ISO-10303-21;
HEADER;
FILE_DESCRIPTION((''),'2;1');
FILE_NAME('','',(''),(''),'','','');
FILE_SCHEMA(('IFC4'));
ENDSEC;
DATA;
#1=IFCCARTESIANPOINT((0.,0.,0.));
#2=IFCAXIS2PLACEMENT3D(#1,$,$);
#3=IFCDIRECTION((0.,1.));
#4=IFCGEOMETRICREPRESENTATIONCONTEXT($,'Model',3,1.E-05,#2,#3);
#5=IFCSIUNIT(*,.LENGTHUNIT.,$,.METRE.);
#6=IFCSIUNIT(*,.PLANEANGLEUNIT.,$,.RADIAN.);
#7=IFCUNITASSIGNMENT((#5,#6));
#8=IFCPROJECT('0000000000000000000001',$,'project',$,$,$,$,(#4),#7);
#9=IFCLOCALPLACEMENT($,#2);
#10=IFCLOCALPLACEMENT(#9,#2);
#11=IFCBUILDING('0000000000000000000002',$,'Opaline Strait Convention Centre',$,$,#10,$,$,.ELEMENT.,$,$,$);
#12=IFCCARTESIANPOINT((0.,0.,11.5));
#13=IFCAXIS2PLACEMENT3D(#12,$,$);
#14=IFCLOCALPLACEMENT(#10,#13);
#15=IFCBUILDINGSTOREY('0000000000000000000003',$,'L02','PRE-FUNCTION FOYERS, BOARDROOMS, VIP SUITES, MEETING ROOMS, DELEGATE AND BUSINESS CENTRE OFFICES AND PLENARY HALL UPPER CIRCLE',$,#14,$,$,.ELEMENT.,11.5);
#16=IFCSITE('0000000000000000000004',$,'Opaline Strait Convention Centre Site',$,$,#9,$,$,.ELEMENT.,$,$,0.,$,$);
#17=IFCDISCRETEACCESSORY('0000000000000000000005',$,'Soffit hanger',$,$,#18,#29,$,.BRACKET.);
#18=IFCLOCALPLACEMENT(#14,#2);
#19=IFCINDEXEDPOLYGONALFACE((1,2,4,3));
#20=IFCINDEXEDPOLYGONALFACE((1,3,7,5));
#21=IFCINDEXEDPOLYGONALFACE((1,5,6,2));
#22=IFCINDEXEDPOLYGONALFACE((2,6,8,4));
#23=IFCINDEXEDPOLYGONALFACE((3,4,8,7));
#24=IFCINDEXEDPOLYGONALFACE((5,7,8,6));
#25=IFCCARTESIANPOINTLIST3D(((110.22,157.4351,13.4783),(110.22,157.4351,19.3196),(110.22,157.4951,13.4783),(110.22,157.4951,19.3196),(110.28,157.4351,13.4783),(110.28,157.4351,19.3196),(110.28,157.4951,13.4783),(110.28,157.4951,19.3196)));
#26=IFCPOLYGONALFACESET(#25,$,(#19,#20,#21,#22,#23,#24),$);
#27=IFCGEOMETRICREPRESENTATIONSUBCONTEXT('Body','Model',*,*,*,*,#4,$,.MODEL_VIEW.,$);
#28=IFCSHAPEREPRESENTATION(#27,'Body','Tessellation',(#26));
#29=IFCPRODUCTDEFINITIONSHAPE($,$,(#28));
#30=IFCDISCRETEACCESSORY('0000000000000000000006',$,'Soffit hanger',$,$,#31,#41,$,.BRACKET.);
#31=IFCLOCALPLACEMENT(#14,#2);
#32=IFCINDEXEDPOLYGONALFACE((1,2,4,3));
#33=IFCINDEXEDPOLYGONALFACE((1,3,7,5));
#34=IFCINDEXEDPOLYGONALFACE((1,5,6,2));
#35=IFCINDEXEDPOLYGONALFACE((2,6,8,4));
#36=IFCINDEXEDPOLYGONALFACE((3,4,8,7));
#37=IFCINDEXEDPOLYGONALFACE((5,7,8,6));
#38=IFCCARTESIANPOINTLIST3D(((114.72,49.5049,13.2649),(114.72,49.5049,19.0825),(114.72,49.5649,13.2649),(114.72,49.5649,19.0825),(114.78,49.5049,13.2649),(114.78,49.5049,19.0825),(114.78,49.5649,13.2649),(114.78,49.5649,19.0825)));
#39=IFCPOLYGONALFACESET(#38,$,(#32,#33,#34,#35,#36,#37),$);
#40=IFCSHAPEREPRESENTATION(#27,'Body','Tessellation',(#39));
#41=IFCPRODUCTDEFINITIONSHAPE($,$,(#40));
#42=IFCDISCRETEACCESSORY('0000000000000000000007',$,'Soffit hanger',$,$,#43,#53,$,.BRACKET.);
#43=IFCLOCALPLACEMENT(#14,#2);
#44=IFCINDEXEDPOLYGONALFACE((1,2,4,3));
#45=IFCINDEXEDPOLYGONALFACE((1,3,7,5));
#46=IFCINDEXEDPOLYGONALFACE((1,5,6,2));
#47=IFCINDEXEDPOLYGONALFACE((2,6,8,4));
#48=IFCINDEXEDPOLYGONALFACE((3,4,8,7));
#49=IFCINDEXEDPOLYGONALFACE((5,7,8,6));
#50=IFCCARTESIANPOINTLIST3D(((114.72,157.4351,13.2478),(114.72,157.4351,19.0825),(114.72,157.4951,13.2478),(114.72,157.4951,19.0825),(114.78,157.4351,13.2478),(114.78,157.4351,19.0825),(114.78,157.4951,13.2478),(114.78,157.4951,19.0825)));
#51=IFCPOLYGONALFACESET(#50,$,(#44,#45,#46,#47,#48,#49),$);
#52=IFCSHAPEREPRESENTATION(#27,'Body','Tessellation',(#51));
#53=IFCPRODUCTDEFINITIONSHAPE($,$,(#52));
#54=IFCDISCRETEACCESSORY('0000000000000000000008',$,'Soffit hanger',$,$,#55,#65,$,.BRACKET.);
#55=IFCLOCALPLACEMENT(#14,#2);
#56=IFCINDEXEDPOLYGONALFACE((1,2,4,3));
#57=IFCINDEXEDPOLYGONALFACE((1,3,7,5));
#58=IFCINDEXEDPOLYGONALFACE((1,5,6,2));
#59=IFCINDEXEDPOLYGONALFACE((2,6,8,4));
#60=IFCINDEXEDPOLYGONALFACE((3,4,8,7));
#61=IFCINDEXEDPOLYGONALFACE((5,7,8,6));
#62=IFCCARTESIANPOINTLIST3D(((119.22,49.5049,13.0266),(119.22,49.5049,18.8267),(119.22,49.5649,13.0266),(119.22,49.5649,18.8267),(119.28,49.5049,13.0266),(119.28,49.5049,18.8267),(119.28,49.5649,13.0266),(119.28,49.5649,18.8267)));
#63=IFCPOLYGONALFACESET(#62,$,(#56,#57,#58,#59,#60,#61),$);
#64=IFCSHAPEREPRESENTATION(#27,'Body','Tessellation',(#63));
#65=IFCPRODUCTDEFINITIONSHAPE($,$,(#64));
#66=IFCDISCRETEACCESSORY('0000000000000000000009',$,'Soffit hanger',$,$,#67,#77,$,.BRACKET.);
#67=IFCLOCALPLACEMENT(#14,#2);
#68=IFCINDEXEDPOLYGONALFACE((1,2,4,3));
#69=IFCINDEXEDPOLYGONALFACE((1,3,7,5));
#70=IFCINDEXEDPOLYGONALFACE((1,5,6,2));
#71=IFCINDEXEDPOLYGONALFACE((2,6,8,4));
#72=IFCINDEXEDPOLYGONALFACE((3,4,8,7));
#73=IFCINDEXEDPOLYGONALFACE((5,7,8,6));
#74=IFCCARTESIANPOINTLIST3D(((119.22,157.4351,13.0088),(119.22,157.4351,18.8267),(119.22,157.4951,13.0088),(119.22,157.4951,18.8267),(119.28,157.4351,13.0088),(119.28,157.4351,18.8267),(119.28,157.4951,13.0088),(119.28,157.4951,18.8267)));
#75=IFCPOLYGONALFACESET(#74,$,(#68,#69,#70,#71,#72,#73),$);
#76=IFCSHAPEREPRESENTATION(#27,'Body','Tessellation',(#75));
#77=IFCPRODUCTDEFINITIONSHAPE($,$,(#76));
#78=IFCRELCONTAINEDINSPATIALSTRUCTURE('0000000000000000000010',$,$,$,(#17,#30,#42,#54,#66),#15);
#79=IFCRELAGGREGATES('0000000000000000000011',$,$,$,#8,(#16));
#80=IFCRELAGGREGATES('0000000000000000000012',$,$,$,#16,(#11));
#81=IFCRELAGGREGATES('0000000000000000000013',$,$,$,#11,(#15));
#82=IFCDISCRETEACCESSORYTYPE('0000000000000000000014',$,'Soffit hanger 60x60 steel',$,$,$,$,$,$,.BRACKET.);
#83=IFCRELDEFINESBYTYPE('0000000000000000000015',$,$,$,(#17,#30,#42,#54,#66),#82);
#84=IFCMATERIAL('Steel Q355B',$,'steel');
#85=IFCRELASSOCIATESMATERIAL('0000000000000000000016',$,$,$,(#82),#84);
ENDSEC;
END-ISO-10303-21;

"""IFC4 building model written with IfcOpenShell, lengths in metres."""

from ifc_helpers import new_model, si_unit, direction, frame, origin, place, context, subcontext, project, spatial, polyline, outline, extrude, material, type_object, element, save


model = new_model("IFC4")

# Units and contexts
model_context = context("Model", 3, precision=1e-05, world=origin(), true_north=direction((0.0, 1.0)))
body_context = subcontext(model_context, "Body", "Model", "MODEL_VIEW")
ifc_project = project(units=[si_unit("LENGTHUNIT", "METRE"), si_unit("PLANEANGLEUNIT", "RADIAN")], contexts=[model_context])

# Site, building, storey
site_placement = place(None, origin())
site = spatial("IfcSite", under=ifc_project, at=site_placement, Name="Opaline Strait Convention Centre Site", CompositionType="ELEMENT", RefElevation=0.0)
building_placement = place(site_placement, origin())
building = spatial("IfcBuilding", under=site, at=building_placement, Name="Opaline Strait Convention Centre", CompositionType="ELEMENT")
storey_placement = place(building_placement, frame((0.0, 0.0, 11.5)))
storey = spatial("IfcBuildingStorey", under=building, at=storey_placement, Name="L02", Description="PRE-FUNCTION FOYERS, BOARDROOMS, VIP SUITES, MEETING ROOMS, DELEGATE AND BUSINESS CENTRE OFFICES AND PLENARY HALL UPPER CIRCLE", CompositionType="ELEMENT", Elevation=11.5)

# Discrete accessories
ifc_material_1 = material(Name="Steel Q355B", Category="steel")
discrete_accessory_type_1 = type_object("IfcDiscreteAccessoryType", Name="Soffit hanger 60x60 steel", PredefinedType="BRACKET", material=ifc_material_1)
discrete_accessory_1_placement = place(storey_placement, frame((0.0, 0.0, 13.4783)))
element("IfcDiscreteAccessory", 1, at=discrete_accessory_1_placement, inside=storey, type_object=discrete_accessory_type_1, Name="Soffit hanger", PredefinedType="BRACKET", context=body_context, shape_type="SweptSolid", body=[
    extrude(outline(polyline([(110.22, 157.4351), (110.28, 157.4351), (110.28, 157.4951), (110.22, 157.4951), (110.22, 157.4351)])), origin(), (0.0, 0.0, 1.0), 5.8413),
])
discrete_accessory_2_placement = place(storey_placement, frame((0.0, 0.0, 13.2649)))
element("IfcDiscreteAccessory", 2, at=discrete_accessory_2_placement, inside=storey, type_object=discrete_accessory_type_1, Name="Soffit hanger", PredefinedType="BRACKET", context=body_context, shape_type="SweptSolid", body=[
    extrude(outline(polyline([(114.72, 49.5049), (114.78, 49.5049), (114.78, 49.5649), (114.72, 49.5649), (114.72, 49.5049)])), origin(), (0.0, 0.0, 1.0), 5.8176),
])
discrete_accessory_3_placement = place(storey_placement, frame((0.0, 0.0, 13.2478)))
element("IfcDiscreteAccessory", 3, at=discrete_accessory_3_placement, inside=storey, type_object=discrete_accessory_type_1, Name="Soffit hanger", PredefinedType="BRACKET", context=body_context, shape_type="SweptSolid", body=[
    extrude(outline(polyline([(114.72, 157.4351), (114.78, 157.4351), (114.78, 157.4951), (114.72, 157.4951), (114.72, 157.4351)])), origin(), (0.0, 0.0, 1.0), 5.8347),
])
discrete_accessory_4_placement = place(storey_placement, frame((0.0, 0.0, 13.0266)))
element("IfcDiscreteAccessory", 4, at=discrete_accessory_4_placement, inside=storey, type_object=discrete_accessory_type_1, Name="Soffit hanger", PredefinedType="BRACKET", context=body_context, shape_type="SweptSolid", body=[
    extrude(outline(polyline([(119.22, 49.5049), (119.28, 49.5049), (119.28, 49.5649), (119.22, 49.5649), (119.22, 49.5049)])), origin(), (0.0, 0.0, 1.0), 5.8),
])
discrete_accessory_5_placement = place(storey_placement, frame((0.0, 0.0, 13.0088)))
element("IfcDiscreteAccessory", 5, at=discrete_accessory_5_placement, inside=storey, type_object=discrete_accessory_type_1, Name="Soffit hanger", PredefinedType="BRACKET", context=body_context, shape_type="SweptSolid", body=[
    extrude(outline(polyline([(119.22, 157.4351), (119.28, 157.4351), (119.28, 157.4951), (119.22, 157.4951), (119.22, 157.4351)])), origin(), (0.0, 0.0, 1.0), 5.8179),
])

save(model, "model.ifc")
